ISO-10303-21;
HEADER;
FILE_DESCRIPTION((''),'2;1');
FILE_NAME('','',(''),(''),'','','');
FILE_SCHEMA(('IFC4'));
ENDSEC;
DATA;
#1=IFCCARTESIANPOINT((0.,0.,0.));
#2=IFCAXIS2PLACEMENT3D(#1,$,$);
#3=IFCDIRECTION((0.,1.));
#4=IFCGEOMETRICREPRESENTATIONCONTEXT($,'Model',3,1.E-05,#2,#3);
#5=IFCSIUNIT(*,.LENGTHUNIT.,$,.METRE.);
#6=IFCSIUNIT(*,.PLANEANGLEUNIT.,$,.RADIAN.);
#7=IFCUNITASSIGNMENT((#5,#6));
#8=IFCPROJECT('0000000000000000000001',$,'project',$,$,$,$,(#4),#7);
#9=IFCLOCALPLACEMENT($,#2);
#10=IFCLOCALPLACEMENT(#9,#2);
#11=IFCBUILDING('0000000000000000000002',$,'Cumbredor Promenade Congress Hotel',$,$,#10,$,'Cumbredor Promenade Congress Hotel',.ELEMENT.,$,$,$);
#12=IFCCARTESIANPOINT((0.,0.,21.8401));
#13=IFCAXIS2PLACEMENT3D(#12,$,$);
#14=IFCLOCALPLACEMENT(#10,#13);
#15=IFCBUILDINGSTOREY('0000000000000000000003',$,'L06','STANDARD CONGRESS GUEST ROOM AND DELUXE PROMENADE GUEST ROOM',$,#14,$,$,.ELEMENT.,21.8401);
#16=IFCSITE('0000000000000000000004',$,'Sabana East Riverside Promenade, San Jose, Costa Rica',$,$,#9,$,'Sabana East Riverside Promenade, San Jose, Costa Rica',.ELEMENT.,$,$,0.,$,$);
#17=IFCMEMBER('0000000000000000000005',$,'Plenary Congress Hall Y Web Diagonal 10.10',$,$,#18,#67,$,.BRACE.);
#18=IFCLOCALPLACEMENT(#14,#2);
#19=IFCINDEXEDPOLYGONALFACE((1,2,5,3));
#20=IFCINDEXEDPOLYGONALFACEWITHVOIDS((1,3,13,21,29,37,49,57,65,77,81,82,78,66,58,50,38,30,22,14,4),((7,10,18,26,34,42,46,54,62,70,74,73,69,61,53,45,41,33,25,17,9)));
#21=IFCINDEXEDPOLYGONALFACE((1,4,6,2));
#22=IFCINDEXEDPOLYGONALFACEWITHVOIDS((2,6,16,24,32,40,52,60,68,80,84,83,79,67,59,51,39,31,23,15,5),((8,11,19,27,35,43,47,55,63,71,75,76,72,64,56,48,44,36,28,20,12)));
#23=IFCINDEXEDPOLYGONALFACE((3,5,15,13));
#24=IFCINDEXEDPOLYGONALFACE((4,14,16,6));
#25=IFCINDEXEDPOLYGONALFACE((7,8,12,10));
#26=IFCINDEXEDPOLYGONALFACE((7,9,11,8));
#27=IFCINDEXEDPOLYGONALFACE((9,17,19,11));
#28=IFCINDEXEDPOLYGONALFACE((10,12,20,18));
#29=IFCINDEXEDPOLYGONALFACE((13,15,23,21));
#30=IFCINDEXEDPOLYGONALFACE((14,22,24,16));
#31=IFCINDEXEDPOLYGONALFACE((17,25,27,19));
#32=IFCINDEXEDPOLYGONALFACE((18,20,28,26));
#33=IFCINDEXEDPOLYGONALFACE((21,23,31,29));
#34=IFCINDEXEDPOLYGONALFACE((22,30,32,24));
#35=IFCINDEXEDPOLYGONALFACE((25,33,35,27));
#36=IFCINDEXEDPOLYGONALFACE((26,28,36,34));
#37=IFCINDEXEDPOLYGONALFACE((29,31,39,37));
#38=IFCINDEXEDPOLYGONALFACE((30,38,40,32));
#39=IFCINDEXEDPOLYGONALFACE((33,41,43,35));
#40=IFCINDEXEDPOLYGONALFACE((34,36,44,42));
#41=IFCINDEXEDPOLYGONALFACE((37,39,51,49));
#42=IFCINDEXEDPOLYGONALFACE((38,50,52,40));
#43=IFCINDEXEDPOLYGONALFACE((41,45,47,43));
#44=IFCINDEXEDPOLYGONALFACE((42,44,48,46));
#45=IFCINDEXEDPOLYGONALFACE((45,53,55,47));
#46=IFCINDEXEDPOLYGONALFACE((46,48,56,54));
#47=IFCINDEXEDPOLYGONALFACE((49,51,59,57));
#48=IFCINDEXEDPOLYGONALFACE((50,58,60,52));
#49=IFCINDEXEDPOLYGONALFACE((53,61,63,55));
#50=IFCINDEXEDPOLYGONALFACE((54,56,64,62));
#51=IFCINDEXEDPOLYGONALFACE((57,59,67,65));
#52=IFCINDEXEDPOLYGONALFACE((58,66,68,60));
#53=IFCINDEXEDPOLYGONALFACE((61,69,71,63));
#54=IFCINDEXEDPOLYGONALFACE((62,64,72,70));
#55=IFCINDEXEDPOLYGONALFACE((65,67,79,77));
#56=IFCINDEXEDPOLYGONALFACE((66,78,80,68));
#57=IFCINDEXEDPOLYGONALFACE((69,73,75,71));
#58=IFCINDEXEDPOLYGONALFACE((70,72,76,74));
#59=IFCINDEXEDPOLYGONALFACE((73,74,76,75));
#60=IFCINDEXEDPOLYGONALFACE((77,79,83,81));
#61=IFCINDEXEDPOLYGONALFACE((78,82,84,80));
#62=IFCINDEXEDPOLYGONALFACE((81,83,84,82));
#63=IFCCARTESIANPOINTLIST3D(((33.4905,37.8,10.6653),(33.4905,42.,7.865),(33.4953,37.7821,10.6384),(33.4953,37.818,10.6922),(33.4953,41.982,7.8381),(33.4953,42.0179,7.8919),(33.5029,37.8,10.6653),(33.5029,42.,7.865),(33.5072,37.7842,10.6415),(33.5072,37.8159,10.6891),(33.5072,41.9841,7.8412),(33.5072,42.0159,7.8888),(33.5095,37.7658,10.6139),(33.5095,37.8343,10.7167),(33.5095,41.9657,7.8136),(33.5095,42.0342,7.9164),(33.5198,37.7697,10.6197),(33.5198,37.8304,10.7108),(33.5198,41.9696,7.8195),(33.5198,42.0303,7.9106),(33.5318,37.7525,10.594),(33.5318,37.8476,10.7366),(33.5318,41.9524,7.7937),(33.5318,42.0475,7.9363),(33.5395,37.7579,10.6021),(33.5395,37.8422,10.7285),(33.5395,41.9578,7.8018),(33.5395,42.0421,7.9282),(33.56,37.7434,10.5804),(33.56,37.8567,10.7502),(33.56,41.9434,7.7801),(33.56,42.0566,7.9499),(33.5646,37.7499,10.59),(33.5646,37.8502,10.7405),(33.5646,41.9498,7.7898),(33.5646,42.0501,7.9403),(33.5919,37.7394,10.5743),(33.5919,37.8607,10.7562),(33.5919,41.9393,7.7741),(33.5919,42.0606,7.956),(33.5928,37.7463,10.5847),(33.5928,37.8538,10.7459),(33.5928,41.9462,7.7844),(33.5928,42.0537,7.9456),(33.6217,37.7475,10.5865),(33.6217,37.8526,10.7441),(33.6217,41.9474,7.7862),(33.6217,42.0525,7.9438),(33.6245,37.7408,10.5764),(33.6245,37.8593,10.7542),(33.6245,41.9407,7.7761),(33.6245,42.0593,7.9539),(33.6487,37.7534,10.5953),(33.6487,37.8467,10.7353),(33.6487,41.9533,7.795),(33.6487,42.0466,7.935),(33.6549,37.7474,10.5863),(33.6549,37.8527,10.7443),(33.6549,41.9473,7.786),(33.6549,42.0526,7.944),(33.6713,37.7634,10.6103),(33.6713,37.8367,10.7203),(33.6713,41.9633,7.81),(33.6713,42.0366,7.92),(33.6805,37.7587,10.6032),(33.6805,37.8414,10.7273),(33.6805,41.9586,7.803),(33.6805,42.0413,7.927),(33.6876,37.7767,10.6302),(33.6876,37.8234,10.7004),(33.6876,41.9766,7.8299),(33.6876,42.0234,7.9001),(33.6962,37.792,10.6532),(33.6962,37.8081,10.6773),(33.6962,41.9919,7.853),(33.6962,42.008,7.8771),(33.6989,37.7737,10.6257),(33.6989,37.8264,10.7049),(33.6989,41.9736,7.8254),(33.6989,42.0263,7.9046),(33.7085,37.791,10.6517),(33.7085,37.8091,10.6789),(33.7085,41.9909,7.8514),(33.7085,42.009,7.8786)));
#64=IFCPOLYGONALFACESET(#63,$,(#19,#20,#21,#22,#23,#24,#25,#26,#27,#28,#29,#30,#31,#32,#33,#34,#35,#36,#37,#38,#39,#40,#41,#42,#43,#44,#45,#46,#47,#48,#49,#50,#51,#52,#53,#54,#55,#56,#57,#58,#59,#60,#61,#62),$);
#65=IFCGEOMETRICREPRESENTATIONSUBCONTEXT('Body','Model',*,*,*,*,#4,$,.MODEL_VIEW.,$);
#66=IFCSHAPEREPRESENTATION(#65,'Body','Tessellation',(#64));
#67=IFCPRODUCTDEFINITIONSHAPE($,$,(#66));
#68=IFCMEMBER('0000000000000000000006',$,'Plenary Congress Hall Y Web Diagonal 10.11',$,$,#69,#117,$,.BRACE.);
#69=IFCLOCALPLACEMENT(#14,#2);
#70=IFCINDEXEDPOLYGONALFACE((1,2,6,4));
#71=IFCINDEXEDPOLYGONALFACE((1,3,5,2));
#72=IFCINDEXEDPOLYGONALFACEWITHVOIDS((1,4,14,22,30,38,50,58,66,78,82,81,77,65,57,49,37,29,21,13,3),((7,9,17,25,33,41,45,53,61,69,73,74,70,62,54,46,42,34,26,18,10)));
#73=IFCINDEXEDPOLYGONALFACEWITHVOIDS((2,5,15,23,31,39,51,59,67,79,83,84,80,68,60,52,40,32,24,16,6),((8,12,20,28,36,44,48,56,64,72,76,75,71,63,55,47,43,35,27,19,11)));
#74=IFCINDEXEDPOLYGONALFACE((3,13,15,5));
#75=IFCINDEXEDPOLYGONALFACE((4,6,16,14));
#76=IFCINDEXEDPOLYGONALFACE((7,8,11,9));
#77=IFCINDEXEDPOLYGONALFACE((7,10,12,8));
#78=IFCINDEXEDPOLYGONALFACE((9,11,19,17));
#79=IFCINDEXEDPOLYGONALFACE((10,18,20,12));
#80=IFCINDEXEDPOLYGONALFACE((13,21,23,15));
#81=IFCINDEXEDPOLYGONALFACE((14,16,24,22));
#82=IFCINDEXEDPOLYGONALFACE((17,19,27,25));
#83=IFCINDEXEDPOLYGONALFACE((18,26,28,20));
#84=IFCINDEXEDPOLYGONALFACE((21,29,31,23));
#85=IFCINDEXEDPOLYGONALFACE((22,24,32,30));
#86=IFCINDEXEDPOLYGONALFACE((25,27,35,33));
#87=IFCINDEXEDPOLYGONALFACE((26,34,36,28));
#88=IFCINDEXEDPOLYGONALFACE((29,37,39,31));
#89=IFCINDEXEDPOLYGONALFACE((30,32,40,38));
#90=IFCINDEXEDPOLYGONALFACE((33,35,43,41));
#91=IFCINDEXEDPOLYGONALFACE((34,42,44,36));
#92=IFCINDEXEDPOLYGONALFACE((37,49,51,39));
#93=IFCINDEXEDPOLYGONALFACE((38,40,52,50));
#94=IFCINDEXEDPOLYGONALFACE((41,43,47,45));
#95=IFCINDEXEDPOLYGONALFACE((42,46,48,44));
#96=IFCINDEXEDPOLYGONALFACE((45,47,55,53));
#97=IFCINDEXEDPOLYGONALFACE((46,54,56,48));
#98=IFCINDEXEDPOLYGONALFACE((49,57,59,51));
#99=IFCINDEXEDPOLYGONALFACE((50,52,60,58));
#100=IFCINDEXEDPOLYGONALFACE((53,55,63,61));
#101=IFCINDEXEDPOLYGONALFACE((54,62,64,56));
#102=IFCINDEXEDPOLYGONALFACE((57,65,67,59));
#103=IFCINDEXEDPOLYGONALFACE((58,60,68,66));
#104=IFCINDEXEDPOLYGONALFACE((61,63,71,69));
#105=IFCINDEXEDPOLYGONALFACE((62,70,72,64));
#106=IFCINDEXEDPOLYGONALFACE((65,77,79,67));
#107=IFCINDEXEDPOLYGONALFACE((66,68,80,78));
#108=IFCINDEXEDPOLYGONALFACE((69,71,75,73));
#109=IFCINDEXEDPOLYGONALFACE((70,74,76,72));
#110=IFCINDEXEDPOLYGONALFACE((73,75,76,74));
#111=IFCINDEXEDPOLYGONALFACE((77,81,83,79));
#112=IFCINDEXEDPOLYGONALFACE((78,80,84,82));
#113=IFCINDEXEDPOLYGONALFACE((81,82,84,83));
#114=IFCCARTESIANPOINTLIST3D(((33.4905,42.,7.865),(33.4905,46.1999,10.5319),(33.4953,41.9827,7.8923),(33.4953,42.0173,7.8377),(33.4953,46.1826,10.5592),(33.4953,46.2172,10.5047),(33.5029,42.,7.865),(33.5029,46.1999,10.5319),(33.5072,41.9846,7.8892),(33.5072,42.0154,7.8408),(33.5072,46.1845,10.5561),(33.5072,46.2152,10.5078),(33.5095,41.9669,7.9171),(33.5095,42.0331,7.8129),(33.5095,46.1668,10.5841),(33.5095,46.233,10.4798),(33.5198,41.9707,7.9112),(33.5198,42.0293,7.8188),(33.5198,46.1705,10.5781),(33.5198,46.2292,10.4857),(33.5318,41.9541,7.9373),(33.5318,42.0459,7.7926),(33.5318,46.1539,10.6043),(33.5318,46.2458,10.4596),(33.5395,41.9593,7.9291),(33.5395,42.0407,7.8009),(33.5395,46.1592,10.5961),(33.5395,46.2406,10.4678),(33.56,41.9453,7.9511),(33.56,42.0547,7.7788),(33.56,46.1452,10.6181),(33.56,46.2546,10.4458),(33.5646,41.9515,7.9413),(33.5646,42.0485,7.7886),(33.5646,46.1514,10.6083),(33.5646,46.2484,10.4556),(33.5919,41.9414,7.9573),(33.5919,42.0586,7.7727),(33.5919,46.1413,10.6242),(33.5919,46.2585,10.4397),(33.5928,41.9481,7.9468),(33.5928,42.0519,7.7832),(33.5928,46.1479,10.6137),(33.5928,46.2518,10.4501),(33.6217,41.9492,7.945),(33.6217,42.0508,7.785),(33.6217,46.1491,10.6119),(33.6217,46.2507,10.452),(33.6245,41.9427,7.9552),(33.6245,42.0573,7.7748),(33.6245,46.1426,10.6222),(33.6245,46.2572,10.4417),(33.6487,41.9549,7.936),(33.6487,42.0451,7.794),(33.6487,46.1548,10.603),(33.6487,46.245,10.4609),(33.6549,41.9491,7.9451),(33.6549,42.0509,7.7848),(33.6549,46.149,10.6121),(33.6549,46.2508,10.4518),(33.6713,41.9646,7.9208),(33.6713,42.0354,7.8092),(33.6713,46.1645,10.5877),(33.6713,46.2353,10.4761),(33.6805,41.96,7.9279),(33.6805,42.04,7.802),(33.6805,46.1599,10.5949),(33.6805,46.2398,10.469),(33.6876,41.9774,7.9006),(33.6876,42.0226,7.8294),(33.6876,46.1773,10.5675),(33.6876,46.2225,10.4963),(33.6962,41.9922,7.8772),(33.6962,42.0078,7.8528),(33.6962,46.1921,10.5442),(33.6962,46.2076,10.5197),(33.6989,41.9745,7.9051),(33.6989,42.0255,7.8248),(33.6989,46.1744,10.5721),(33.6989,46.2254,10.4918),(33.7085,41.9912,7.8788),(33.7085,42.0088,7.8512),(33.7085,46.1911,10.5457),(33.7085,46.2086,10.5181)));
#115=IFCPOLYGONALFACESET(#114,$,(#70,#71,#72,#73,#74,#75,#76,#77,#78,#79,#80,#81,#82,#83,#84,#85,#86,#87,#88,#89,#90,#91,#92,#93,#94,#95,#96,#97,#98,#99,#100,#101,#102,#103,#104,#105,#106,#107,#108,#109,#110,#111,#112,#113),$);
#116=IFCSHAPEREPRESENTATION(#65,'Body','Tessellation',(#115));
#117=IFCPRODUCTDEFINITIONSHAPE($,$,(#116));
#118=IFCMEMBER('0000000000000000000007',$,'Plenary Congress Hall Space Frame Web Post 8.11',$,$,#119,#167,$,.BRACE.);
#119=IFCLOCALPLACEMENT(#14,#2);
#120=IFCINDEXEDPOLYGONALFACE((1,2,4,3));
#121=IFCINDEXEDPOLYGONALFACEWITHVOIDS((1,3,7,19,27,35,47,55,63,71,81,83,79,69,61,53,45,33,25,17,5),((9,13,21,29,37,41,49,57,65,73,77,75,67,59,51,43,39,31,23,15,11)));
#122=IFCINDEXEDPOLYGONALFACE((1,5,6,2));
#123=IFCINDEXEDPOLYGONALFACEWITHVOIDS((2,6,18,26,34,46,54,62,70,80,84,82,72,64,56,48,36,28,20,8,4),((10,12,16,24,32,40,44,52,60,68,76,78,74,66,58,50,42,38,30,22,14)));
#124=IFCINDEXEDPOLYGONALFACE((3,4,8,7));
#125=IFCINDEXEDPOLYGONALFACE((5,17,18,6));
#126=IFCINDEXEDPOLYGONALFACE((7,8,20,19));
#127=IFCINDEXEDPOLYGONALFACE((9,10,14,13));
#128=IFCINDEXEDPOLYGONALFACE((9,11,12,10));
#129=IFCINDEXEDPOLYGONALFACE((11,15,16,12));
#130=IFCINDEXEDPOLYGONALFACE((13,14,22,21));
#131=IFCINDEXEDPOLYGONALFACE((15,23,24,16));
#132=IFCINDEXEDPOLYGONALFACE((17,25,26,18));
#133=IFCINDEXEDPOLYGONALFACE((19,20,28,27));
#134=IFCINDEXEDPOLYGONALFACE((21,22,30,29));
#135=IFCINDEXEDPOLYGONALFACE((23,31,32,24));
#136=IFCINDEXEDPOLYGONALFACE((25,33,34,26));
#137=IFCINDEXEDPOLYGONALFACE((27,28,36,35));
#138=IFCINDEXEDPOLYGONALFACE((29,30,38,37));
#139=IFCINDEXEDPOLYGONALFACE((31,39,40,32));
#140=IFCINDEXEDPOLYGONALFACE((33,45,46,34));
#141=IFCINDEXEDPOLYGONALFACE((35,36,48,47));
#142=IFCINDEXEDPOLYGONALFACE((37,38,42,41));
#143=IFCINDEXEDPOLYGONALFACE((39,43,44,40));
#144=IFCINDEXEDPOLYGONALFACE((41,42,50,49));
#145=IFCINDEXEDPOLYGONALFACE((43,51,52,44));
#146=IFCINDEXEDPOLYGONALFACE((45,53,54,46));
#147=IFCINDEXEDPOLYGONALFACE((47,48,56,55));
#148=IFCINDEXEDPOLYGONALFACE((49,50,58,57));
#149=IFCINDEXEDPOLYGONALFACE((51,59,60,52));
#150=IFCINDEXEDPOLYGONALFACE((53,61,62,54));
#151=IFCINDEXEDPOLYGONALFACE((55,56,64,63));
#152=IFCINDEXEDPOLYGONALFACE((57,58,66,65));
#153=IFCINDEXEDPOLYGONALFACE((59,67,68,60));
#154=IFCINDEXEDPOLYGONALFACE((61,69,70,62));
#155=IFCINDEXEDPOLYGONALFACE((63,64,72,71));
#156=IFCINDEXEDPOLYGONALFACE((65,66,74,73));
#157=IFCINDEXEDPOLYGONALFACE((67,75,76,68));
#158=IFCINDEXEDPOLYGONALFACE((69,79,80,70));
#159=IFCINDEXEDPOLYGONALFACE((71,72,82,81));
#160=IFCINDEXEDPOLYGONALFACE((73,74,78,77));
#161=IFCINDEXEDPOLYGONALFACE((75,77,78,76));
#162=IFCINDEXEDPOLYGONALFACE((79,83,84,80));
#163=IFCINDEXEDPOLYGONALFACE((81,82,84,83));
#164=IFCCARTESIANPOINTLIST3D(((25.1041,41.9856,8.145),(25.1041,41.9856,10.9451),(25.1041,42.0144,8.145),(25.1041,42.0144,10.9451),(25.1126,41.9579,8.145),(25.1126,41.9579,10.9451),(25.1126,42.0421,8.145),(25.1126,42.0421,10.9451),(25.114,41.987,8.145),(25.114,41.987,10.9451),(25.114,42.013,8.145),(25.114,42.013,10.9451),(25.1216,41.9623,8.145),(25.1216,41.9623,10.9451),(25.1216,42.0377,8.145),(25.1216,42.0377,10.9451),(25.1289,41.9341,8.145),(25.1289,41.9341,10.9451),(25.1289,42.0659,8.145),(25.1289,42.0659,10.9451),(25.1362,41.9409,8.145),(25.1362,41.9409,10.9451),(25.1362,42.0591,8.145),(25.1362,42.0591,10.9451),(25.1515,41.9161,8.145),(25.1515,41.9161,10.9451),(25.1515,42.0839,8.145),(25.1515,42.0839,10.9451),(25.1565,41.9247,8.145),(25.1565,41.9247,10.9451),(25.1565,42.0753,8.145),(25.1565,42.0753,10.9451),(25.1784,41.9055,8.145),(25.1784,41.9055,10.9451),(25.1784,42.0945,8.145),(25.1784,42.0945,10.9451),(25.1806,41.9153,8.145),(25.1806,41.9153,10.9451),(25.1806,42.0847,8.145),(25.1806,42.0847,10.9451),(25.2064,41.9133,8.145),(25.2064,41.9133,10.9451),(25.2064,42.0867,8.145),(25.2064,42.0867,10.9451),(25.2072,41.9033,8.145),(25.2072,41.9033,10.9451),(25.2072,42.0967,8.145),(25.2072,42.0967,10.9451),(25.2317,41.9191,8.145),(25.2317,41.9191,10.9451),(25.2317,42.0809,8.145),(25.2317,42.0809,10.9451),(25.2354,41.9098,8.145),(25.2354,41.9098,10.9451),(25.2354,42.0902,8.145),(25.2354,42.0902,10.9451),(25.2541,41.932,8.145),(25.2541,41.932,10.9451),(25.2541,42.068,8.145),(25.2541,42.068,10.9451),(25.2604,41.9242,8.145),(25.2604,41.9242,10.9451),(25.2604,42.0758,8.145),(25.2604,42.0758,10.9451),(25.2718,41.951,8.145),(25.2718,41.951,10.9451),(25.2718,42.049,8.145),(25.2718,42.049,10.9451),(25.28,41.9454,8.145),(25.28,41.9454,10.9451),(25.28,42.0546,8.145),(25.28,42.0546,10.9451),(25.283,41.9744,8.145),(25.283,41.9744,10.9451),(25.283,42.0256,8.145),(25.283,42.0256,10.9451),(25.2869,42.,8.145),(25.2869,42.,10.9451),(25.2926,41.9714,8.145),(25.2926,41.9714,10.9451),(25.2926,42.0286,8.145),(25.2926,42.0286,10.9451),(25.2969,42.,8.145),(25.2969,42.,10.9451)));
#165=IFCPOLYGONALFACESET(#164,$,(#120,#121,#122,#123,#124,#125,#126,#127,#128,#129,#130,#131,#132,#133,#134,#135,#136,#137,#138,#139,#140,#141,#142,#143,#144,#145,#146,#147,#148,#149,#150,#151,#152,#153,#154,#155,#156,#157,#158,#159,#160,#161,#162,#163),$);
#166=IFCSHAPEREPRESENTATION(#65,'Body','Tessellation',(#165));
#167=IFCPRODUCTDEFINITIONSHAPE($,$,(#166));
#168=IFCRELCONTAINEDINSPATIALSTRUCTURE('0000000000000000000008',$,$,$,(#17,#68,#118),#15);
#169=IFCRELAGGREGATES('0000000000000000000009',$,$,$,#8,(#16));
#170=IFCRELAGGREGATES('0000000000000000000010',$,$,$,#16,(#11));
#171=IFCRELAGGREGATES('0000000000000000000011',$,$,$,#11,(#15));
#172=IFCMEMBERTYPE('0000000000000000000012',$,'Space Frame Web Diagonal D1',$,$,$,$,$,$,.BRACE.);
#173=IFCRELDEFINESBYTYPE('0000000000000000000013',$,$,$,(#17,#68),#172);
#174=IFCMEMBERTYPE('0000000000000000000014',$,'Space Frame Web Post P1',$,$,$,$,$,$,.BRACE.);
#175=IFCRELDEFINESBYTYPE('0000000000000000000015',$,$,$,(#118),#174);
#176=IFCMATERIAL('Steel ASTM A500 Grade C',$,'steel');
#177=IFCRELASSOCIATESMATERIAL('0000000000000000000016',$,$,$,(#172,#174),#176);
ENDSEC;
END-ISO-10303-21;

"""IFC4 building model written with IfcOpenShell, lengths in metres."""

from ifc_helpers import new_model, si_unit, direction, frame, origin, origin_2d, place, context, subcontext, project, spatial, hollow_circle, extrude, material, material_profile, profile_set, type_object, element, save


model = new_model("IFC4")

# Units and contexts
model_context = context("Model", 3, precision=1e-05, world=origin(), true_north=direction((0.0, 1.0)))
body_context = subcontext(model_context, "Body", "Model", "MODEL_VIEW")
ifc_project = project(units=[si_unit("LENGTHUNIT", "METRE"), si_unit("PLANEANGLEUNIT", "RADIAN")], contexts=[model_context])

# Site, building, storey
site_placement = place(None, origin())
site = spatial("IfcSite", under=ifc_project, at=site_placement, Name="Sabana East Riverside Promenade, San Jose, Costa Rica", LongName="Sabana East Riverside Promenade, San Jose, Costa Rica", CompositionType="ELEMENT", RefElevation=0.0)
building_placement = place(site_placement, origin())
building = spatial("IfcBuilding", under=site, at=building_placement, Name="Cumbredor Promenade Congress Hotel", LongName="Cumbredor Promenade Congress Hotel", CompositionType="ELEMENT")
storey_placement = place(building_placement, frame((0.0, 0.0, 21.8401)))
storey = spatial("IfcBuildingStorey", under=building, at=storey_placement, Name="L06", Description="STANDARD CONGRESS GUEST ROOM AND DELUXE PROMENADE GUEST ROOM", CompositionType="ELEMENT", Elevation=21.8401)

# Members
ifc_material_1 = material(Name="Steel ASTM A500 Grade C", Category="steel")
ifc_material_profile_1 = material_profile(ifc_material_1, hollow_circle(Radius=0.1096, WallThickness=0.0125, at=origin_2d()), Name="CHS 219.1x12.5")
ifc_profile_set_1 = profile_set([ifc_material_profile_1], Name="Steel ASTM A500 Grade C")
member_type_1 = type_object("IfcMemberType", Name="Space Frame Web Diagonal D1", PredefinedType="BRACE", material=ifc_profile_set_1)
member_1_placement = place(storey_placement, frame((33.6001, 37.8, 10.6653), z_axis=(0.0, 0.832021, -0.554745), x_axis=(-1.0, 0.0, 0.0)))
element("IfcMember", 1, at=member_1_placement, inside=storey, type_object=member_type_1, Name="Plenary Congress Hall Y Web Diagonal 10.10", PredefinedType="BRACE", context=body_context, shape_type="SweptSolid", body=[
    extrude(hollow_circle(Radius=0.1096, WallThickness=0.0125, at=origin_2d()), origin(), (0.0, 0.0, 1.0), 5.0479),
])
member_2_placement = place(storey_placement, frame((33.6001, 42.0, 7.865), z_axis=(0.0, 0.84418, 0.536059), x_axis=(-1.0, 0.0, 0.0)))
element("IfcMember", 2, at=member_2_placement, inside=storey, type_object=member_type_1, Name="Plenary Congress Hall Y Web Diagonal 10.11", PredefinedType="BRACE", context=body_context, shape_type="SweptSolid", body=[
    extrude(hollow_circle(Radius=0.1096, WallThickness=0.0125, at=origin_2d()), origin(), (0.0, 0.0, 1.0), 4.9751),
])
ifc_material_profile_2 = material_profile(ifc_material_1, hollow_circle(Radius=0.0969, WallThickness=0.01, at=origin_2d()), Name="CHS 193.7x10")
ifc_profile_set_2 = profile_set([ifc_material_profile_2], Name="Steel ASTM A500 Grade C")
member_type_2 = type_object("IfcMemberType", Name="Space Frame Web Post P1", PredefinedType="BRACE", material=ifc_profile_set_2)
member_3_placement = place(storey_placement, frame((25.2, 42.0, 8.145), z_axis=(0.0, 0.0, 1.0), x_axis=(1.0, 0.0, 0.0)))
element("IfcMember", 3, at=member_3_placement, inside=storey, type_object=member_type_2, Name="Plenary Congress Hall Space Frame Web Post 8.11", PredefinedType="BRACE", context=body_context, shape_type="SweptSolid", body=[
    extrude(hollow_circle(Radius=0.0969, WallThickness=0.01, at=origin_2d()), origin(), (0.0, 0.0, 1.0), 2.8),
])

save(model, "model.ifc")
